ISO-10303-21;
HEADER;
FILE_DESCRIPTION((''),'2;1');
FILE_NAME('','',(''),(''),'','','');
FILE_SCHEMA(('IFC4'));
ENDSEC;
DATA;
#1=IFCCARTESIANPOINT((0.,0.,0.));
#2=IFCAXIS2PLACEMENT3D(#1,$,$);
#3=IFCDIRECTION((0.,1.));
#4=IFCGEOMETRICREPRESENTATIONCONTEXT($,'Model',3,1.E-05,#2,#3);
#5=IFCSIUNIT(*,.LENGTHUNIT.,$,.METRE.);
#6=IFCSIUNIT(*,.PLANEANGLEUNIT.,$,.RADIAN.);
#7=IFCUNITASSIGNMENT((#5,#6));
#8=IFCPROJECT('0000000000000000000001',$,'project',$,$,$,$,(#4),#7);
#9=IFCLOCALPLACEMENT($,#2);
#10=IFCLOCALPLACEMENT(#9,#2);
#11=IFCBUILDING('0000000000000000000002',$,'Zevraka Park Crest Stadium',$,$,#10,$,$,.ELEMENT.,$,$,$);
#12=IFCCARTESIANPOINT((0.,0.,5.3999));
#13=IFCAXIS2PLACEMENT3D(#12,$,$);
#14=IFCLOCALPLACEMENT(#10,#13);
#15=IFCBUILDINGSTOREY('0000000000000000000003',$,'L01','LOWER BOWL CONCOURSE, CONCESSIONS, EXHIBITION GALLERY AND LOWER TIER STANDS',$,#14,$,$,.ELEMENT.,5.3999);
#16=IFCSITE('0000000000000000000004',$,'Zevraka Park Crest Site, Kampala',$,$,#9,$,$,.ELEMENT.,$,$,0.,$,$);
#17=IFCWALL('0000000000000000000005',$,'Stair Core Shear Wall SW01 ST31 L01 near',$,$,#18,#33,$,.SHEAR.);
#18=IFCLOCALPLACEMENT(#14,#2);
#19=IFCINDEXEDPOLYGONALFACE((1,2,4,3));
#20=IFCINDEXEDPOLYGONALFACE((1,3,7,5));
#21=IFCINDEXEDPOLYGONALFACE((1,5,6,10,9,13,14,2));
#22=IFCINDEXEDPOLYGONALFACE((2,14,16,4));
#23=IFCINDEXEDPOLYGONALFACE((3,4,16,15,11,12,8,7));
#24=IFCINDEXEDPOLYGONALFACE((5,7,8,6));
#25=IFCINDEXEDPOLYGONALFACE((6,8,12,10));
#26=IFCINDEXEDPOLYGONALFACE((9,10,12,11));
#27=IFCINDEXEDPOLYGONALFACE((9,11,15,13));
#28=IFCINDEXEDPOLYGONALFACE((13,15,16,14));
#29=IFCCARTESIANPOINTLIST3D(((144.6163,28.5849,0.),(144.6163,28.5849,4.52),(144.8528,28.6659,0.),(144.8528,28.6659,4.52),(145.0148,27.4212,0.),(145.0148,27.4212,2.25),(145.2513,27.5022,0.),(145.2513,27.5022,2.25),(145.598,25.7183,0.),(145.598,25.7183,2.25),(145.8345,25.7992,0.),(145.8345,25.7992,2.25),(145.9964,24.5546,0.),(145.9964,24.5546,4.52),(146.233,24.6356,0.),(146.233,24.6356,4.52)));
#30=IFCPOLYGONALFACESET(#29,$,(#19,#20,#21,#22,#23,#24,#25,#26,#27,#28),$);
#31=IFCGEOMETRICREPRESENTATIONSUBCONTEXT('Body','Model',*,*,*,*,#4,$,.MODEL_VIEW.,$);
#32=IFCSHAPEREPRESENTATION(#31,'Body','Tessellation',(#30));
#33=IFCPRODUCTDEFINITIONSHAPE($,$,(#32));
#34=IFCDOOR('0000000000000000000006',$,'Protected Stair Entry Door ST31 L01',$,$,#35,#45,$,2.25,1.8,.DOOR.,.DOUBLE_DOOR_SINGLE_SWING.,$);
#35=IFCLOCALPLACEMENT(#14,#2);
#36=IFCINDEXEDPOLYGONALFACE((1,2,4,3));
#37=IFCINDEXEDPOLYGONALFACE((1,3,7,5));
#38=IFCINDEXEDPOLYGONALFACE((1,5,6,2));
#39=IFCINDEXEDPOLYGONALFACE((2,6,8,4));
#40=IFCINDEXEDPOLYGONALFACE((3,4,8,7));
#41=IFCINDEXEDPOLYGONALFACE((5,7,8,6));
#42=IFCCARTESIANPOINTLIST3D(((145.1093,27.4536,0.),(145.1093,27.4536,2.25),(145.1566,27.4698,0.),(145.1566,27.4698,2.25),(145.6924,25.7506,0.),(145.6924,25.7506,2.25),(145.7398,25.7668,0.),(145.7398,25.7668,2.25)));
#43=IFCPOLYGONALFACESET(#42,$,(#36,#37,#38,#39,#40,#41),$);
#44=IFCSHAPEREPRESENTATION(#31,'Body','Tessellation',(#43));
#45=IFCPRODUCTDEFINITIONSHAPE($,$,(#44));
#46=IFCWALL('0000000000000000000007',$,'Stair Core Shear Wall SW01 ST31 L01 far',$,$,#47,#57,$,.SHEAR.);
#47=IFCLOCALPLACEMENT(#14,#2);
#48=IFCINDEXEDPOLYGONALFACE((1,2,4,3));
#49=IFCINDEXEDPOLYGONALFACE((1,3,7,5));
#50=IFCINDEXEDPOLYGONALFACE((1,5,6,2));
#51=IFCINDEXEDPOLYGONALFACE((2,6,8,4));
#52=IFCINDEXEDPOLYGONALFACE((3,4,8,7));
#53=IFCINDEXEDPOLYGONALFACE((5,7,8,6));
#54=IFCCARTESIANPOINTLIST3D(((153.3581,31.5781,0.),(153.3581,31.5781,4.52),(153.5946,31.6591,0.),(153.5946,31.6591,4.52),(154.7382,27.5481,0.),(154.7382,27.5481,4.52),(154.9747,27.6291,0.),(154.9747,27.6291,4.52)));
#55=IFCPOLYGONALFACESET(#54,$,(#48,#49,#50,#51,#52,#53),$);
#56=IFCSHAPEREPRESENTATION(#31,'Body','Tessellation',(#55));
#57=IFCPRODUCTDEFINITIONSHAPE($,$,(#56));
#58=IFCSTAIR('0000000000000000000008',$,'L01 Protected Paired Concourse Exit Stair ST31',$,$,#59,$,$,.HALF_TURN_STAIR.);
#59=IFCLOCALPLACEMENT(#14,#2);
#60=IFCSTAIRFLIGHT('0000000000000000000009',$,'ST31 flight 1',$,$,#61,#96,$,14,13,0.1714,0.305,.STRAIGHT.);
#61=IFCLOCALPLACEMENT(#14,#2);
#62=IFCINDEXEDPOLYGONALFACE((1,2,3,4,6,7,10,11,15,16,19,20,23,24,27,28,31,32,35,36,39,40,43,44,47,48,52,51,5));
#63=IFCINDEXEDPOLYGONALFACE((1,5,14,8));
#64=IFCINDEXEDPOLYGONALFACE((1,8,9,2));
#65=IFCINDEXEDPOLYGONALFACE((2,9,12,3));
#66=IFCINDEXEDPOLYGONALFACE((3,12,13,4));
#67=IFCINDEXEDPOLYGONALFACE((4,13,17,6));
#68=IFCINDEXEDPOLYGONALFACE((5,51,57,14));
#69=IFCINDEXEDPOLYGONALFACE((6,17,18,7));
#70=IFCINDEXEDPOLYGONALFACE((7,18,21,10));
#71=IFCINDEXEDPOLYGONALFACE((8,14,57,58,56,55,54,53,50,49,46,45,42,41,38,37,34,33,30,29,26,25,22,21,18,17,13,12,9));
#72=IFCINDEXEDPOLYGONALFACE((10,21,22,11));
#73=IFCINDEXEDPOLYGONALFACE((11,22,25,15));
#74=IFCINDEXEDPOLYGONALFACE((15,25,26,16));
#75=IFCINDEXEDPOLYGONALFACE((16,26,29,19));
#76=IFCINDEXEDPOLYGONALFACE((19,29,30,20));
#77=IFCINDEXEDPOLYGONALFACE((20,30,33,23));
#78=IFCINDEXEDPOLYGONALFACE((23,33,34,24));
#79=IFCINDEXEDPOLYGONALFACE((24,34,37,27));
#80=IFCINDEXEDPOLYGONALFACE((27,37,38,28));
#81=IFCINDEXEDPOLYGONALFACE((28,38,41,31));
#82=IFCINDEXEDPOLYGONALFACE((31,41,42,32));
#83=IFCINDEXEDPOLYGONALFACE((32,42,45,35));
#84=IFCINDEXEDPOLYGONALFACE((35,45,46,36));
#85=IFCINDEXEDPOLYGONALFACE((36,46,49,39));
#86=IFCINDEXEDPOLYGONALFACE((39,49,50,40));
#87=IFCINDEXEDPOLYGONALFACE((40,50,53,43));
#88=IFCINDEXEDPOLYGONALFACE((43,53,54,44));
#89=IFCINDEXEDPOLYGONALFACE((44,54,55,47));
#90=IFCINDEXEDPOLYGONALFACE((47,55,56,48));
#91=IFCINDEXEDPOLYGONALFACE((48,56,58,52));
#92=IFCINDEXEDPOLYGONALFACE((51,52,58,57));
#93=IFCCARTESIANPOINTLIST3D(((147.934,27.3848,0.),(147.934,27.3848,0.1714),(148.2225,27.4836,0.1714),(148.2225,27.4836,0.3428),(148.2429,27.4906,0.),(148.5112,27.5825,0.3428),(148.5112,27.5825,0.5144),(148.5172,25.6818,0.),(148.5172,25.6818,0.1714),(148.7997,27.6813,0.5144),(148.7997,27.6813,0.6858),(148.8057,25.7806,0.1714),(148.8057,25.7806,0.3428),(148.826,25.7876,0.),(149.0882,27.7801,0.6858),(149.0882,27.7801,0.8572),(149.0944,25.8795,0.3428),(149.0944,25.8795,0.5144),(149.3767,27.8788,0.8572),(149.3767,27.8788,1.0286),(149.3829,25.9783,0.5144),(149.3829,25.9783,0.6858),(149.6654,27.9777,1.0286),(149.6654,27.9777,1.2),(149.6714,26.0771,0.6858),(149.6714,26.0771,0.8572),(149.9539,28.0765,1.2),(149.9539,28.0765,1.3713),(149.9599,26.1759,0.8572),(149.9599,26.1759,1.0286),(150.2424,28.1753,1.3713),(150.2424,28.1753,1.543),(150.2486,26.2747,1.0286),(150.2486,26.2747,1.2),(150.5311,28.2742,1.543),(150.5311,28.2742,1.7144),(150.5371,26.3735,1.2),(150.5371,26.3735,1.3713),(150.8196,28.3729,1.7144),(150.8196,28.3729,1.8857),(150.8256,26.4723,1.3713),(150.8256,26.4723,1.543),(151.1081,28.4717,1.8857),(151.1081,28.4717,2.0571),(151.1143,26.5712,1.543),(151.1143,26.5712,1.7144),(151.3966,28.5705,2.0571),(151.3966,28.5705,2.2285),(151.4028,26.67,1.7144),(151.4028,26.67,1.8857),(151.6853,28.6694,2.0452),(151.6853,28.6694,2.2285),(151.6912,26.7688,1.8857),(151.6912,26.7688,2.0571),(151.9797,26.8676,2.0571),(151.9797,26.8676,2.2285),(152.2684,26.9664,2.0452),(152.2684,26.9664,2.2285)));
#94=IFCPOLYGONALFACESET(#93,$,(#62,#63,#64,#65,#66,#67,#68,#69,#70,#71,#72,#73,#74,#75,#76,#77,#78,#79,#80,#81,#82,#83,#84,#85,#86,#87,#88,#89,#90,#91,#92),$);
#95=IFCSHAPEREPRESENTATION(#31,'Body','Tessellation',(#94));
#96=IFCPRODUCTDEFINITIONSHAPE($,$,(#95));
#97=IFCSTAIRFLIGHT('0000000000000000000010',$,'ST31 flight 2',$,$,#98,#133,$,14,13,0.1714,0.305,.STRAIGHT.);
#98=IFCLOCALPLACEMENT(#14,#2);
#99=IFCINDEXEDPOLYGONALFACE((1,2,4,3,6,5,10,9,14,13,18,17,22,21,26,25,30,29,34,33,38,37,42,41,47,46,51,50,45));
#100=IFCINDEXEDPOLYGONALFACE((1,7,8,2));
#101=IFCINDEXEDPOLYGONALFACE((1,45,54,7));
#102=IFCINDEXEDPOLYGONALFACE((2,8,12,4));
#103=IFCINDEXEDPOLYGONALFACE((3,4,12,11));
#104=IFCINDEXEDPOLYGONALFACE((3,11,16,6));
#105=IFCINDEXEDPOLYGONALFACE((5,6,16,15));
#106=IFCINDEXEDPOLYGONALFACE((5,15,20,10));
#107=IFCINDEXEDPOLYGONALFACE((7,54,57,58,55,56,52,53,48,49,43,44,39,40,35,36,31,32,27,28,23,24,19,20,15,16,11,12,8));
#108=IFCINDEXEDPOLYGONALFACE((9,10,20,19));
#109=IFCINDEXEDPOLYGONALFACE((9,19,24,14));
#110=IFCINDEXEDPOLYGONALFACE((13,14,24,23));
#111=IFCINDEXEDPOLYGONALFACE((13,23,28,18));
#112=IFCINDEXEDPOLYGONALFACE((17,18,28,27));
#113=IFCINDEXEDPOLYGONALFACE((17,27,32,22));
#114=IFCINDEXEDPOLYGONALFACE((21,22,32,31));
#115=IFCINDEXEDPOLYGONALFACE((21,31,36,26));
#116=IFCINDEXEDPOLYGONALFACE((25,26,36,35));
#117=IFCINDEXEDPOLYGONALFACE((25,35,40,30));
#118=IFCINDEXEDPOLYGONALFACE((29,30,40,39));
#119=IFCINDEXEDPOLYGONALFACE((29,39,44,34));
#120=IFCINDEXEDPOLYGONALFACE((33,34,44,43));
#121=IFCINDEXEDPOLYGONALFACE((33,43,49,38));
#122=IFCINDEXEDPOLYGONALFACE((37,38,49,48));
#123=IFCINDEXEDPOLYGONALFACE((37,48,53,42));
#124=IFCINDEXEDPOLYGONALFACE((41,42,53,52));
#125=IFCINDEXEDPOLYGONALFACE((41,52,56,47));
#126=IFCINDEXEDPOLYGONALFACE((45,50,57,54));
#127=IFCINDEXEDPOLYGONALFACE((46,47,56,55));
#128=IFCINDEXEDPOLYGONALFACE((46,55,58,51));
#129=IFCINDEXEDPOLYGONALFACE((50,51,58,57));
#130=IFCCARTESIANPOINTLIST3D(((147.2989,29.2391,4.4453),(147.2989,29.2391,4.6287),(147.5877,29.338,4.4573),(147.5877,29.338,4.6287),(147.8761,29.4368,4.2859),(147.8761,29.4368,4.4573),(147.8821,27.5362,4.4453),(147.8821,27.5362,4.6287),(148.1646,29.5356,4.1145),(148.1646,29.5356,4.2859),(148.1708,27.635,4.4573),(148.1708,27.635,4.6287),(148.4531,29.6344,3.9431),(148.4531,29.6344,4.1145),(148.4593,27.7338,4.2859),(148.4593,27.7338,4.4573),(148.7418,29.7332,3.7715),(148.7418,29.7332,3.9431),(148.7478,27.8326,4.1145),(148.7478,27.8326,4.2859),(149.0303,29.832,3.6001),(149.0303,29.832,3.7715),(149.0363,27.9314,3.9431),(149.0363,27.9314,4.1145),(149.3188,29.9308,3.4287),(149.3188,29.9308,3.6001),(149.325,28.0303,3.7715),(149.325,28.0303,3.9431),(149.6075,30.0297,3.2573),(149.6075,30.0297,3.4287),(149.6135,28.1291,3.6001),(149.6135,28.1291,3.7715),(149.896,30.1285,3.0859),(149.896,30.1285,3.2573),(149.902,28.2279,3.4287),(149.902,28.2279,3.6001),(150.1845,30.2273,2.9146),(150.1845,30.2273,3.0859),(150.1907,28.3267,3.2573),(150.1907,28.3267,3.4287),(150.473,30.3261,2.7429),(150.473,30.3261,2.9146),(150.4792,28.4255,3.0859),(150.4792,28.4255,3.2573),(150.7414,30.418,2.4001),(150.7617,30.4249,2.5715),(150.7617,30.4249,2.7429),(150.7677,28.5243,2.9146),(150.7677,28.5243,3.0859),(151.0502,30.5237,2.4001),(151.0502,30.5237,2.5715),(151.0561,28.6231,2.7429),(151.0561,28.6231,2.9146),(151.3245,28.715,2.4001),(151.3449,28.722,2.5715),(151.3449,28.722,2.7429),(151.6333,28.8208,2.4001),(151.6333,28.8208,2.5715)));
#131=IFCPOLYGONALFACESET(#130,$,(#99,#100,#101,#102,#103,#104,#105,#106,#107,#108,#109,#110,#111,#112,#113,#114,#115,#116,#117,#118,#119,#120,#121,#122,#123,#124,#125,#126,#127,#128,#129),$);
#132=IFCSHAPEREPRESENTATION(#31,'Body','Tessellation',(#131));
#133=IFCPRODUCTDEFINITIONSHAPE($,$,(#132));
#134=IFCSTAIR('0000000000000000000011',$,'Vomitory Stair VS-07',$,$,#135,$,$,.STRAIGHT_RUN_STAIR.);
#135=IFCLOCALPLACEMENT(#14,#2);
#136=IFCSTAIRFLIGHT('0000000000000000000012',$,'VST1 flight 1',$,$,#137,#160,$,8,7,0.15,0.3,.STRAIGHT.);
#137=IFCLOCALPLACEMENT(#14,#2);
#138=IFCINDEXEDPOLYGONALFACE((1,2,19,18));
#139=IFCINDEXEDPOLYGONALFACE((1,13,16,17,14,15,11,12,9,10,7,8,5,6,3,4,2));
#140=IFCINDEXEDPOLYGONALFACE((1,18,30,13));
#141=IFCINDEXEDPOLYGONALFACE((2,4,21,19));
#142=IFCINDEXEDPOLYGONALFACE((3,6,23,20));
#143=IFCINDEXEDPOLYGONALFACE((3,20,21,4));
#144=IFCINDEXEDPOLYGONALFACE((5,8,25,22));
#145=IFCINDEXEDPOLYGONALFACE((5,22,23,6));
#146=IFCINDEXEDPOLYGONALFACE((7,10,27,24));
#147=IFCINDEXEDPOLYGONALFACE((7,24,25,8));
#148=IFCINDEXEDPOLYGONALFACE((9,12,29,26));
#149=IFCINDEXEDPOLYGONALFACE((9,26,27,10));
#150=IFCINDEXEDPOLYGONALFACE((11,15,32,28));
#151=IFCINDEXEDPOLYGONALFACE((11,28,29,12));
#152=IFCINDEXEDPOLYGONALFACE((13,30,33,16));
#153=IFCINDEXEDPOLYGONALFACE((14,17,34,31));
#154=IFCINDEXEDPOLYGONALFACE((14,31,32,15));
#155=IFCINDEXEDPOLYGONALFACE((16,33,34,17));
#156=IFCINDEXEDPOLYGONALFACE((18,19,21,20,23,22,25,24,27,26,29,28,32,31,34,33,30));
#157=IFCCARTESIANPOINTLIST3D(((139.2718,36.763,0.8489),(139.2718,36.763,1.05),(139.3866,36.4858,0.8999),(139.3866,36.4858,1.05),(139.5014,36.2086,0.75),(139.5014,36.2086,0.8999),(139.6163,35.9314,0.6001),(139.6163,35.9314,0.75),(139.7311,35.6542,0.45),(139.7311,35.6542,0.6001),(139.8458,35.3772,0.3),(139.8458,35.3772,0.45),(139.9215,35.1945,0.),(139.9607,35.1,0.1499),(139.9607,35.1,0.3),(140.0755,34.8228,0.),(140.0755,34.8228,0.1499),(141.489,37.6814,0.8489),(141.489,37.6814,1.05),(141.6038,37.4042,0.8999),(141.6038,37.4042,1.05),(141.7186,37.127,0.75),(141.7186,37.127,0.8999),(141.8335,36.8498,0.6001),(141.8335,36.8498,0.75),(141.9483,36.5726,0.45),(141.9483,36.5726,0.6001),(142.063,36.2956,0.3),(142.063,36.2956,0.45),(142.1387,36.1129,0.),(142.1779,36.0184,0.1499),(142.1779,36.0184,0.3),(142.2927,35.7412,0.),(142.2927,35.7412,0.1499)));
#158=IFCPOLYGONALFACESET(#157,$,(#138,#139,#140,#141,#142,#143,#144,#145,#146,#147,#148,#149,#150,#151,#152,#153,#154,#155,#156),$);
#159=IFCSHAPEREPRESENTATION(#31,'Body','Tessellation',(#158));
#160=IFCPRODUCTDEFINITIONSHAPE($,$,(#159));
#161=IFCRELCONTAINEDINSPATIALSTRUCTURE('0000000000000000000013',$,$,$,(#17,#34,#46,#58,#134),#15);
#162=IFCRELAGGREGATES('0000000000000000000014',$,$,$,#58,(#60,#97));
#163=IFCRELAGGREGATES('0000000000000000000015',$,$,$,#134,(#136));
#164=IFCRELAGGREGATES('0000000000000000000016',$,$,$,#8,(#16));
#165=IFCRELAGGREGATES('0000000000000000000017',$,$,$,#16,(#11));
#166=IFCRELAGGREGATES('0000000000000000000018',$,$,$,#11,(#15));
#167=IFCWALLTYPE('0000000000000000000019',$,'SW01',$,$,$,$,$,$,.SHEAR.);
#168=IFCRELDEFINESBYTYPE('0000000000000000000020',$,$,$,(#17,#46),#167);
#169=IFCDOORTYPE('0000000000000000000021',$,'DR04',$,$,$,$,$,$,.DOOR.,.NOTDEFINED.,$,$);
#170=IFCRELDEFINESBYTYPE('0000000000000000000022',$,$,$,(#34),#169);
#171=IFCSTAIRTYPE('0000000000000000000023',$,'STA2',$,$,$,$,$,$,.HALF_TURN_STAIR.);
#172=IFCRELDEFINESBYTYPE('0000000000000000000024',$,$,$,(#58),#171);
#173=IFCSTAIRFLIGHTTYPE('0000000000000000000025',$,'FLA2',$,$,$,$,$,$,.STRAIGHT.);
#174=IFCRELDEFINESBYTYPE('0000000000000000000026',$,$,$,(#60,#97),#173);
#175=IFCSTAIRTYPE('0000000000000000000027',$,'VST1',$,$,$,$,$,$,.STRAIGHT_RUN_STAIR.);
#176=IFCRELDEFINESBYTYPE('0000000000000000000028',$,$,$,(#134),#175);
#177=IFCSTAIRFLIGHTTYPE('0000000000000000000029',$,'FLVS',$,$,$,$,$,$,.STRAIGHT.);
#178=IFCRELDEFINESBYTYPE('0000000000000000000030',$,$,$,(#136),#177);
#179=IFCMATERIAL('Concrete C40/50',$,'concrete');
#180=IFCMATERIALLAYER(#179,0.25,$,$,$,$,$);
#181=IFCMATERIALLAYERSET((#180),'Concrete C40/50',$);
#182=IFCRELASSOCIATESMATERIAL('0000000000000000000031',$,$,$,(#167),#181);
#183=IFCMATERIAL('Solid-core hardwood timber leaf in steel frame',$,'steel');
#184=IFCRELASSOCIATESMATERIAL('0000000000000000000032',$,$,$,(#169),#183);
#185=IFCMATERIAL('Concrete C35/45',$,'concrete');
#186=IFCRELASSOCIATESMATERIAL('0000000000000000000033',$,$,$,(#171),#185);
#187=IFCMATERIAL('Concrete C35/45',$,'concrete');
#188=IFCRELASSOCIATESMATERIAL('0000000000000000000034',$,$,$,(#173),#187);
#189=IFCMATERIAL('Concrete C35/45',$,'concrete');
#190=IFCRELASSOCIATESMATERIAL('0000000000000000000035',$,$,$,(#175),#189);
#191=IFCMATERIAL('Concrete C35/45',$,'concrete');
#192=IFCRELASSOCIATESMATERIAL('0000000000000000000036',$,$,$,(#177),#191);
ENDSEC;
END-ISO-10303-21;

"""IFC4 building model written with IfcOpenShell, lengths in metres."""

from ifc_helpers import new_model, si_unit, direction, frame, frame_2d, origin, place, context, subcontext, project, spatial, polyline, rectangle, outline, extrude, material, layer, layer_set, type_object, element, fill, aggregate, save


model = new_model("IFC4")

# Units and contexts
model_context = context("Model", 3, precision=1e-05, world=origin(), true_north=direction((0.0, 1.0)))
body_context = subcontext(model_context, "Body", "Model", "MODEL_VIEW")
ifc_project = project(units=[si_unit("LENGTHUNIT", "METRE"), si_unit("PLANEANGLEUNIT", "RADIAN")], contexts=[model_context])

# Site, building, storey
site_placement = place(None, origin())
site = spatial("IfcSite", under=ifc_project, at=site_placement, Name="Zevraka Park Crest Site, Kampala", CompositionType="ELEMENT", RefElevation=0.0)
building_placement = place(site_placement, origin())
building = spatial("IfcBuilding", under=site, at=building_placement, Name="Zevraka Park Crest Stadium", CompositionType="ELEMENT")
storey_placement = place(building_placement, frame((0.0, 0.0, 5.3999)))
storey = spatial("IfcBuildingStorey", under=building, at=storey_placement, Name="L01", Description="LOWER BOWL CONCOURSE, CONCESSIONS, EXHIBITION GALLERY AND LOWER TIER STANDS", CompositionType="ELEMENT", Elevation=5.3999)

# Shared definitions
ifc_material_1 = material(Name="Concrete C40/50", Category="concrete")
ifc_layer = layer(ifc_material_1, 0.25)
ifc_layer_set = layer_set([ifc_layer], Name="Concrete C40/50")
wall_type = type_object("IfcWallType", Name="SW01", PredefinedType="SHEAR", material=ifc_layer_set)

# Shared definitions
ifc_material_2 = material(Name="Solid-core hardwood timber leaf in steel frame", Category="steel")
door_type = type_object("IfcDoorType", Name="DR04", OperationType="NOTDEFINED", PredefinedType="DOOR", material=ifc_material_2)

# Wall, opening, door
wall_1_placement = place(storey_placement, frame((144.7346, 28.6252, 0.0), z_axis=(0.0, 0.0, 1.0), x_axis=(0.323971, -0.946067, 0.0)))
wall_1 = element("IfcWall", 1, at=wall_1_placement, inside=storey, type_object=wall_type, Name="Stair Core Shear Wall SW01 ST31 L01 near", PredefinedType="SHEAR", context=body_context, shape_type="SweptSolid", body=[
    extrude(rectangle(XDim=4.26, YDim=0.25, at=frame_2d((2.1299, 0.0))), origin(), (0.0, 0.0, 1.0), 4.52),
])
opening_1_placement = place(wall_1_placement, frame((1.23, 0.0, 0.0)))
opening_1 = element("IfcOpeningElement", 2, at=opening_1_placement, cuts=wall_1, PredefinedType="OPENING", context=body_context, shape_type="SweptSolid", body=[
    extrude(rectangle(XDim=1.8, YDim=2.25, at=frame_2d((0.8999, 1.125))), frame((0.0, 0.135, 0.0), z_axis=(0.0, -1.0, 0.0), x_axis=(1.0, 0.0, 0.0)), (0.0, 0.0, 1.0), 0.27),
])
door_1_placement = place(opening_1_placement, origin())
door_1 = element("IfcDoor", 3, at=door_1_placement, inside=storey, type_object=door_type, Name="Protected Stair Entry Door ST31 L01", OperationType="DOUBLE_DOOR_SINGLE_SWING", OverallHeight=2.25, OverallWidth=1.8, PredefinedType="DOOR", context=body_context, shape_type="SweptSolid", body=[
    extrude(rectangle(XDim=1.8, YDim=2.25, at=frame_2d((0.8999, 1.125))), frame((0.0, 0.0249, 0.0), z_axis=(0.0, -1.0, 0.0), x_axis=(1.0, 0.0, 0.0)), (0.0, 0.0, 1.0), 0.05),
])
fill(opening_1, door_1)

# Wall
wall_2_placement = place(storey_placement, frame((154.8564, 27.5886, 0.0), z_axis=(0.0, 0.0, 1.0), x_axis=(-0.323989, 0.946061, 0.0)))
element("IfcWall", 4, at=wall_2_placement, inside=storey, type_object=wall_type, Name="Stair Core Shear Wall SW01 ST31 L01 far", PredefinedType="SHEAR", context=body_context, shape_type="SweptSolid", body=[
    extrude(rectangle(XDim=4.2598, YDim=0.25, at=frame_2d((2.1299, 0.0))), origin(), (0.0, 0.0, 1.0), 4.52),
])

# Stair, stair flights
ifc_material_3 = material(Name="Concrete C35/45", Category="concrete")
stair_type_1 = type_object("IfcStairType", Name="STA2", PredefinedType="HALF_TURN_STAIR", material=ifc_material_3)
stair_1_placement = place(storey_placement, origin())
stair_1 = element("IfcStair", 5, at=stair_1_placement, inside=storey, type_object=stair_type_1, Name="L01 Protected Paired Concourse Exit Stair ST31", PredefinedType="HALF_TURN_STAIR")
ifc_material_4 = material(Name="Concrete C35/45", Category="concrete")
stair_flight_type_1 = type_object("IfcStairFlightType", Name="FLA2", PredefinedType="STRAIGHT", material=ifc_material_4)
stair_flight_1_placement = place(storey_placement, frame((148.2256, 26.5334, 0.0), z_axis=(0.0, 0.0, 1.0), x_axis=(0.946066, 0.323974, 0.0)))
stair_flight_1 = element("IfcStairFlight", 6, at=stair_flight_1_placement, type_object=stair_flight_type_1, Name="ST31 flight 1", NumberOfRisers=14, NumberOfTreads=13, PredefinedType="STRAIGHT", RiserHeight=0.1714, TreadLength=0.305, context=body_context, shape_type="SweptSolid", body=[
    extrude(outline(polyline([(0.0, 0.0), (0.0, 0.1714), (0.3049, 0.1714), (0.3049, 0.3428), (0.6101, 0.3428), (0.6101, 0.5144), (0.915, 0.5144), (0.915, 0.6858), (1.22, 0.6858), (1.22, 0.8572), (1.5249, 0.8572), (1.5249, 1.0286), (1.8301, 1.0286), (1.8301, 1.2), (2.135, 1.2), (2.135, 1.3713), (2.4399, 1.3713), (2.4399, 1.543), (2.7451, 1.543), (2.7451, 1.7144), (3.05, 1.7144), (3.05, 1.8857), (3.355, 1.8857), (3.355, 2.0571), (3.6599, 2.0571), (3.6599, 2.2285), (3.9651, 2.2285), (3.9651, 2.3999), (3.9651, 2.0452), (0.3264, 0.0), (0.0, 0.0)])), frame((0.0, 0.8999, 0.0), z_axis=(0.0, -1.0, 0.0), x_axis=(1.0, 0.0, 0.0)), (0.0, 0.0, 1.0), 1.8),
])
stair_flight_2_placement = place(storey_placement, frame((151.3418, 29.6721, 2.4001), z_axis=(0.0, 0.0, 1.0), x_axis=(-0.946066, -0.323974, 0.0)))
stair_flight_2 = element("IfcStairFlight", 7, at=stair_flight_2_placement, type_object=stair_flight_type_1, Name="ST31 flight 2", NumberOfRisers=14, NumberOfTreads=13, PredefinedType="STRAIGHT", RiserHeight=0.1714, TreadLength=0.305, context=body_context, shape_type="SweptSolid", body=[
    extrude(outline(polyline([(0.0, 0.0), (0.0, 0.1714), (0.3049, 0.1714), (0.3049, 0.3428), (0.6101, 0.3428), (0.6101, 0.5144), (0.915, 0.5144), (0.915, 0.6858), (1.22, 0.6858), (1.22, 0.8572), (1.5249, 0.8572), (1.5249, 1.0286), (1.8301, 1.0286), (1.8301, 1.2), (2.135, 1.2), (2.135, 1.3713), (2.4399, 1.3713), (2.4399, 1.543), (2.7451, 1.543), (2.7451, 1.7144), (3.05, 1.7144), (3.05, 1.8857), (3.355, 1.8857), (3.355, 2.0571), (3.6599, 2.0571), (3.6599, 2.2285), (3.9651, 2.2285), (3.9651, 2.3999), (3.9651, 2.0452), (0.3264, 0.0), (0.0, 0.0)])), frame((0.0, 0.8999, 0.0), z_axis=(0.0, -1.0, 0.0), x_axis=(1.0, 0.0, 0.0)), (0.0, 0.0, 1.0), 1.8),
])
aggregate(stair_1, [stair_flight_1, stair_flight_2])

# Stair, stair flight
ifc_material_5 = material(Name="Concrete C35/45", Category="concrete")
stair_type_2 = type_object("IfcStairType", Name="VST1", PredefinedType="STRAIGHT_RUN_STAIR", material=ifc_material_5)
stair_2_placement = place(storey_placement, origin())
stair_2 = element("IfcStair", 8, at=stair_2_placement, inside=storey, type_object=stair_type_2, Name="Vomitory Stair VS-07", PredefinedType="STRAIGHT_RUN_STAIR")
ifc_material_6 = material(Name="Concrete C35/45", Category="concrete")
stair_flight_type_2 = type_object("IfcStairFlightType", Name="FLVS", PredefinedType="STRAIGHT", material=ifc_material_6)
stair_flight_3_placement = place(storey_placement, frame((141.1841, 35.282, 0.0), z_axis=(0.0, 0.0, 1.0), x_axis=(-0.3827, 0.923873, 0.0)))
stair_flight_3 = element("IfcStairFlight", 9, at=stair_flight_3_placement, type_object=stair_flight_type_2, Name="VST1 flight 1", NumberOfRisers=8, NumberOfTreads=7, PredefinedType="STRAIGHT", RiserHeight=0.15, TreadLength=0.3, context=body_context, shape_type="SweptSolid", body=[
    extrude(outline(polyline([(0.0, 0.0), (0.0, 0.1499), (0.3, 0.1499), (0.3, 0.3), (0.6001, 0.3), (0.6001, 0.45), (0.8999, 0.45), (0.8999, 0.6001), (1.2, 0.6001), (1.2, 0.75), (1.5, 0.75), (1.5, 0.8999), (1.8, 0.8999), (1.8, 1.05), (2.1001, 1.05), (2.1001, 1.2), (2.1001, 0.8489), (0.4023, 0.0), (0.0, 0.0)])), frame((0.0, 1.2, 0.0), z_axis=(0.0, -1.0, 0.0), x_axis=(1.0, 0.0, 0.0)), (0.0, 0.0, 1.0), 2.3999),
])
aggregate(stair_2, [stair_flight_3])

save(model, "model.ifc")
